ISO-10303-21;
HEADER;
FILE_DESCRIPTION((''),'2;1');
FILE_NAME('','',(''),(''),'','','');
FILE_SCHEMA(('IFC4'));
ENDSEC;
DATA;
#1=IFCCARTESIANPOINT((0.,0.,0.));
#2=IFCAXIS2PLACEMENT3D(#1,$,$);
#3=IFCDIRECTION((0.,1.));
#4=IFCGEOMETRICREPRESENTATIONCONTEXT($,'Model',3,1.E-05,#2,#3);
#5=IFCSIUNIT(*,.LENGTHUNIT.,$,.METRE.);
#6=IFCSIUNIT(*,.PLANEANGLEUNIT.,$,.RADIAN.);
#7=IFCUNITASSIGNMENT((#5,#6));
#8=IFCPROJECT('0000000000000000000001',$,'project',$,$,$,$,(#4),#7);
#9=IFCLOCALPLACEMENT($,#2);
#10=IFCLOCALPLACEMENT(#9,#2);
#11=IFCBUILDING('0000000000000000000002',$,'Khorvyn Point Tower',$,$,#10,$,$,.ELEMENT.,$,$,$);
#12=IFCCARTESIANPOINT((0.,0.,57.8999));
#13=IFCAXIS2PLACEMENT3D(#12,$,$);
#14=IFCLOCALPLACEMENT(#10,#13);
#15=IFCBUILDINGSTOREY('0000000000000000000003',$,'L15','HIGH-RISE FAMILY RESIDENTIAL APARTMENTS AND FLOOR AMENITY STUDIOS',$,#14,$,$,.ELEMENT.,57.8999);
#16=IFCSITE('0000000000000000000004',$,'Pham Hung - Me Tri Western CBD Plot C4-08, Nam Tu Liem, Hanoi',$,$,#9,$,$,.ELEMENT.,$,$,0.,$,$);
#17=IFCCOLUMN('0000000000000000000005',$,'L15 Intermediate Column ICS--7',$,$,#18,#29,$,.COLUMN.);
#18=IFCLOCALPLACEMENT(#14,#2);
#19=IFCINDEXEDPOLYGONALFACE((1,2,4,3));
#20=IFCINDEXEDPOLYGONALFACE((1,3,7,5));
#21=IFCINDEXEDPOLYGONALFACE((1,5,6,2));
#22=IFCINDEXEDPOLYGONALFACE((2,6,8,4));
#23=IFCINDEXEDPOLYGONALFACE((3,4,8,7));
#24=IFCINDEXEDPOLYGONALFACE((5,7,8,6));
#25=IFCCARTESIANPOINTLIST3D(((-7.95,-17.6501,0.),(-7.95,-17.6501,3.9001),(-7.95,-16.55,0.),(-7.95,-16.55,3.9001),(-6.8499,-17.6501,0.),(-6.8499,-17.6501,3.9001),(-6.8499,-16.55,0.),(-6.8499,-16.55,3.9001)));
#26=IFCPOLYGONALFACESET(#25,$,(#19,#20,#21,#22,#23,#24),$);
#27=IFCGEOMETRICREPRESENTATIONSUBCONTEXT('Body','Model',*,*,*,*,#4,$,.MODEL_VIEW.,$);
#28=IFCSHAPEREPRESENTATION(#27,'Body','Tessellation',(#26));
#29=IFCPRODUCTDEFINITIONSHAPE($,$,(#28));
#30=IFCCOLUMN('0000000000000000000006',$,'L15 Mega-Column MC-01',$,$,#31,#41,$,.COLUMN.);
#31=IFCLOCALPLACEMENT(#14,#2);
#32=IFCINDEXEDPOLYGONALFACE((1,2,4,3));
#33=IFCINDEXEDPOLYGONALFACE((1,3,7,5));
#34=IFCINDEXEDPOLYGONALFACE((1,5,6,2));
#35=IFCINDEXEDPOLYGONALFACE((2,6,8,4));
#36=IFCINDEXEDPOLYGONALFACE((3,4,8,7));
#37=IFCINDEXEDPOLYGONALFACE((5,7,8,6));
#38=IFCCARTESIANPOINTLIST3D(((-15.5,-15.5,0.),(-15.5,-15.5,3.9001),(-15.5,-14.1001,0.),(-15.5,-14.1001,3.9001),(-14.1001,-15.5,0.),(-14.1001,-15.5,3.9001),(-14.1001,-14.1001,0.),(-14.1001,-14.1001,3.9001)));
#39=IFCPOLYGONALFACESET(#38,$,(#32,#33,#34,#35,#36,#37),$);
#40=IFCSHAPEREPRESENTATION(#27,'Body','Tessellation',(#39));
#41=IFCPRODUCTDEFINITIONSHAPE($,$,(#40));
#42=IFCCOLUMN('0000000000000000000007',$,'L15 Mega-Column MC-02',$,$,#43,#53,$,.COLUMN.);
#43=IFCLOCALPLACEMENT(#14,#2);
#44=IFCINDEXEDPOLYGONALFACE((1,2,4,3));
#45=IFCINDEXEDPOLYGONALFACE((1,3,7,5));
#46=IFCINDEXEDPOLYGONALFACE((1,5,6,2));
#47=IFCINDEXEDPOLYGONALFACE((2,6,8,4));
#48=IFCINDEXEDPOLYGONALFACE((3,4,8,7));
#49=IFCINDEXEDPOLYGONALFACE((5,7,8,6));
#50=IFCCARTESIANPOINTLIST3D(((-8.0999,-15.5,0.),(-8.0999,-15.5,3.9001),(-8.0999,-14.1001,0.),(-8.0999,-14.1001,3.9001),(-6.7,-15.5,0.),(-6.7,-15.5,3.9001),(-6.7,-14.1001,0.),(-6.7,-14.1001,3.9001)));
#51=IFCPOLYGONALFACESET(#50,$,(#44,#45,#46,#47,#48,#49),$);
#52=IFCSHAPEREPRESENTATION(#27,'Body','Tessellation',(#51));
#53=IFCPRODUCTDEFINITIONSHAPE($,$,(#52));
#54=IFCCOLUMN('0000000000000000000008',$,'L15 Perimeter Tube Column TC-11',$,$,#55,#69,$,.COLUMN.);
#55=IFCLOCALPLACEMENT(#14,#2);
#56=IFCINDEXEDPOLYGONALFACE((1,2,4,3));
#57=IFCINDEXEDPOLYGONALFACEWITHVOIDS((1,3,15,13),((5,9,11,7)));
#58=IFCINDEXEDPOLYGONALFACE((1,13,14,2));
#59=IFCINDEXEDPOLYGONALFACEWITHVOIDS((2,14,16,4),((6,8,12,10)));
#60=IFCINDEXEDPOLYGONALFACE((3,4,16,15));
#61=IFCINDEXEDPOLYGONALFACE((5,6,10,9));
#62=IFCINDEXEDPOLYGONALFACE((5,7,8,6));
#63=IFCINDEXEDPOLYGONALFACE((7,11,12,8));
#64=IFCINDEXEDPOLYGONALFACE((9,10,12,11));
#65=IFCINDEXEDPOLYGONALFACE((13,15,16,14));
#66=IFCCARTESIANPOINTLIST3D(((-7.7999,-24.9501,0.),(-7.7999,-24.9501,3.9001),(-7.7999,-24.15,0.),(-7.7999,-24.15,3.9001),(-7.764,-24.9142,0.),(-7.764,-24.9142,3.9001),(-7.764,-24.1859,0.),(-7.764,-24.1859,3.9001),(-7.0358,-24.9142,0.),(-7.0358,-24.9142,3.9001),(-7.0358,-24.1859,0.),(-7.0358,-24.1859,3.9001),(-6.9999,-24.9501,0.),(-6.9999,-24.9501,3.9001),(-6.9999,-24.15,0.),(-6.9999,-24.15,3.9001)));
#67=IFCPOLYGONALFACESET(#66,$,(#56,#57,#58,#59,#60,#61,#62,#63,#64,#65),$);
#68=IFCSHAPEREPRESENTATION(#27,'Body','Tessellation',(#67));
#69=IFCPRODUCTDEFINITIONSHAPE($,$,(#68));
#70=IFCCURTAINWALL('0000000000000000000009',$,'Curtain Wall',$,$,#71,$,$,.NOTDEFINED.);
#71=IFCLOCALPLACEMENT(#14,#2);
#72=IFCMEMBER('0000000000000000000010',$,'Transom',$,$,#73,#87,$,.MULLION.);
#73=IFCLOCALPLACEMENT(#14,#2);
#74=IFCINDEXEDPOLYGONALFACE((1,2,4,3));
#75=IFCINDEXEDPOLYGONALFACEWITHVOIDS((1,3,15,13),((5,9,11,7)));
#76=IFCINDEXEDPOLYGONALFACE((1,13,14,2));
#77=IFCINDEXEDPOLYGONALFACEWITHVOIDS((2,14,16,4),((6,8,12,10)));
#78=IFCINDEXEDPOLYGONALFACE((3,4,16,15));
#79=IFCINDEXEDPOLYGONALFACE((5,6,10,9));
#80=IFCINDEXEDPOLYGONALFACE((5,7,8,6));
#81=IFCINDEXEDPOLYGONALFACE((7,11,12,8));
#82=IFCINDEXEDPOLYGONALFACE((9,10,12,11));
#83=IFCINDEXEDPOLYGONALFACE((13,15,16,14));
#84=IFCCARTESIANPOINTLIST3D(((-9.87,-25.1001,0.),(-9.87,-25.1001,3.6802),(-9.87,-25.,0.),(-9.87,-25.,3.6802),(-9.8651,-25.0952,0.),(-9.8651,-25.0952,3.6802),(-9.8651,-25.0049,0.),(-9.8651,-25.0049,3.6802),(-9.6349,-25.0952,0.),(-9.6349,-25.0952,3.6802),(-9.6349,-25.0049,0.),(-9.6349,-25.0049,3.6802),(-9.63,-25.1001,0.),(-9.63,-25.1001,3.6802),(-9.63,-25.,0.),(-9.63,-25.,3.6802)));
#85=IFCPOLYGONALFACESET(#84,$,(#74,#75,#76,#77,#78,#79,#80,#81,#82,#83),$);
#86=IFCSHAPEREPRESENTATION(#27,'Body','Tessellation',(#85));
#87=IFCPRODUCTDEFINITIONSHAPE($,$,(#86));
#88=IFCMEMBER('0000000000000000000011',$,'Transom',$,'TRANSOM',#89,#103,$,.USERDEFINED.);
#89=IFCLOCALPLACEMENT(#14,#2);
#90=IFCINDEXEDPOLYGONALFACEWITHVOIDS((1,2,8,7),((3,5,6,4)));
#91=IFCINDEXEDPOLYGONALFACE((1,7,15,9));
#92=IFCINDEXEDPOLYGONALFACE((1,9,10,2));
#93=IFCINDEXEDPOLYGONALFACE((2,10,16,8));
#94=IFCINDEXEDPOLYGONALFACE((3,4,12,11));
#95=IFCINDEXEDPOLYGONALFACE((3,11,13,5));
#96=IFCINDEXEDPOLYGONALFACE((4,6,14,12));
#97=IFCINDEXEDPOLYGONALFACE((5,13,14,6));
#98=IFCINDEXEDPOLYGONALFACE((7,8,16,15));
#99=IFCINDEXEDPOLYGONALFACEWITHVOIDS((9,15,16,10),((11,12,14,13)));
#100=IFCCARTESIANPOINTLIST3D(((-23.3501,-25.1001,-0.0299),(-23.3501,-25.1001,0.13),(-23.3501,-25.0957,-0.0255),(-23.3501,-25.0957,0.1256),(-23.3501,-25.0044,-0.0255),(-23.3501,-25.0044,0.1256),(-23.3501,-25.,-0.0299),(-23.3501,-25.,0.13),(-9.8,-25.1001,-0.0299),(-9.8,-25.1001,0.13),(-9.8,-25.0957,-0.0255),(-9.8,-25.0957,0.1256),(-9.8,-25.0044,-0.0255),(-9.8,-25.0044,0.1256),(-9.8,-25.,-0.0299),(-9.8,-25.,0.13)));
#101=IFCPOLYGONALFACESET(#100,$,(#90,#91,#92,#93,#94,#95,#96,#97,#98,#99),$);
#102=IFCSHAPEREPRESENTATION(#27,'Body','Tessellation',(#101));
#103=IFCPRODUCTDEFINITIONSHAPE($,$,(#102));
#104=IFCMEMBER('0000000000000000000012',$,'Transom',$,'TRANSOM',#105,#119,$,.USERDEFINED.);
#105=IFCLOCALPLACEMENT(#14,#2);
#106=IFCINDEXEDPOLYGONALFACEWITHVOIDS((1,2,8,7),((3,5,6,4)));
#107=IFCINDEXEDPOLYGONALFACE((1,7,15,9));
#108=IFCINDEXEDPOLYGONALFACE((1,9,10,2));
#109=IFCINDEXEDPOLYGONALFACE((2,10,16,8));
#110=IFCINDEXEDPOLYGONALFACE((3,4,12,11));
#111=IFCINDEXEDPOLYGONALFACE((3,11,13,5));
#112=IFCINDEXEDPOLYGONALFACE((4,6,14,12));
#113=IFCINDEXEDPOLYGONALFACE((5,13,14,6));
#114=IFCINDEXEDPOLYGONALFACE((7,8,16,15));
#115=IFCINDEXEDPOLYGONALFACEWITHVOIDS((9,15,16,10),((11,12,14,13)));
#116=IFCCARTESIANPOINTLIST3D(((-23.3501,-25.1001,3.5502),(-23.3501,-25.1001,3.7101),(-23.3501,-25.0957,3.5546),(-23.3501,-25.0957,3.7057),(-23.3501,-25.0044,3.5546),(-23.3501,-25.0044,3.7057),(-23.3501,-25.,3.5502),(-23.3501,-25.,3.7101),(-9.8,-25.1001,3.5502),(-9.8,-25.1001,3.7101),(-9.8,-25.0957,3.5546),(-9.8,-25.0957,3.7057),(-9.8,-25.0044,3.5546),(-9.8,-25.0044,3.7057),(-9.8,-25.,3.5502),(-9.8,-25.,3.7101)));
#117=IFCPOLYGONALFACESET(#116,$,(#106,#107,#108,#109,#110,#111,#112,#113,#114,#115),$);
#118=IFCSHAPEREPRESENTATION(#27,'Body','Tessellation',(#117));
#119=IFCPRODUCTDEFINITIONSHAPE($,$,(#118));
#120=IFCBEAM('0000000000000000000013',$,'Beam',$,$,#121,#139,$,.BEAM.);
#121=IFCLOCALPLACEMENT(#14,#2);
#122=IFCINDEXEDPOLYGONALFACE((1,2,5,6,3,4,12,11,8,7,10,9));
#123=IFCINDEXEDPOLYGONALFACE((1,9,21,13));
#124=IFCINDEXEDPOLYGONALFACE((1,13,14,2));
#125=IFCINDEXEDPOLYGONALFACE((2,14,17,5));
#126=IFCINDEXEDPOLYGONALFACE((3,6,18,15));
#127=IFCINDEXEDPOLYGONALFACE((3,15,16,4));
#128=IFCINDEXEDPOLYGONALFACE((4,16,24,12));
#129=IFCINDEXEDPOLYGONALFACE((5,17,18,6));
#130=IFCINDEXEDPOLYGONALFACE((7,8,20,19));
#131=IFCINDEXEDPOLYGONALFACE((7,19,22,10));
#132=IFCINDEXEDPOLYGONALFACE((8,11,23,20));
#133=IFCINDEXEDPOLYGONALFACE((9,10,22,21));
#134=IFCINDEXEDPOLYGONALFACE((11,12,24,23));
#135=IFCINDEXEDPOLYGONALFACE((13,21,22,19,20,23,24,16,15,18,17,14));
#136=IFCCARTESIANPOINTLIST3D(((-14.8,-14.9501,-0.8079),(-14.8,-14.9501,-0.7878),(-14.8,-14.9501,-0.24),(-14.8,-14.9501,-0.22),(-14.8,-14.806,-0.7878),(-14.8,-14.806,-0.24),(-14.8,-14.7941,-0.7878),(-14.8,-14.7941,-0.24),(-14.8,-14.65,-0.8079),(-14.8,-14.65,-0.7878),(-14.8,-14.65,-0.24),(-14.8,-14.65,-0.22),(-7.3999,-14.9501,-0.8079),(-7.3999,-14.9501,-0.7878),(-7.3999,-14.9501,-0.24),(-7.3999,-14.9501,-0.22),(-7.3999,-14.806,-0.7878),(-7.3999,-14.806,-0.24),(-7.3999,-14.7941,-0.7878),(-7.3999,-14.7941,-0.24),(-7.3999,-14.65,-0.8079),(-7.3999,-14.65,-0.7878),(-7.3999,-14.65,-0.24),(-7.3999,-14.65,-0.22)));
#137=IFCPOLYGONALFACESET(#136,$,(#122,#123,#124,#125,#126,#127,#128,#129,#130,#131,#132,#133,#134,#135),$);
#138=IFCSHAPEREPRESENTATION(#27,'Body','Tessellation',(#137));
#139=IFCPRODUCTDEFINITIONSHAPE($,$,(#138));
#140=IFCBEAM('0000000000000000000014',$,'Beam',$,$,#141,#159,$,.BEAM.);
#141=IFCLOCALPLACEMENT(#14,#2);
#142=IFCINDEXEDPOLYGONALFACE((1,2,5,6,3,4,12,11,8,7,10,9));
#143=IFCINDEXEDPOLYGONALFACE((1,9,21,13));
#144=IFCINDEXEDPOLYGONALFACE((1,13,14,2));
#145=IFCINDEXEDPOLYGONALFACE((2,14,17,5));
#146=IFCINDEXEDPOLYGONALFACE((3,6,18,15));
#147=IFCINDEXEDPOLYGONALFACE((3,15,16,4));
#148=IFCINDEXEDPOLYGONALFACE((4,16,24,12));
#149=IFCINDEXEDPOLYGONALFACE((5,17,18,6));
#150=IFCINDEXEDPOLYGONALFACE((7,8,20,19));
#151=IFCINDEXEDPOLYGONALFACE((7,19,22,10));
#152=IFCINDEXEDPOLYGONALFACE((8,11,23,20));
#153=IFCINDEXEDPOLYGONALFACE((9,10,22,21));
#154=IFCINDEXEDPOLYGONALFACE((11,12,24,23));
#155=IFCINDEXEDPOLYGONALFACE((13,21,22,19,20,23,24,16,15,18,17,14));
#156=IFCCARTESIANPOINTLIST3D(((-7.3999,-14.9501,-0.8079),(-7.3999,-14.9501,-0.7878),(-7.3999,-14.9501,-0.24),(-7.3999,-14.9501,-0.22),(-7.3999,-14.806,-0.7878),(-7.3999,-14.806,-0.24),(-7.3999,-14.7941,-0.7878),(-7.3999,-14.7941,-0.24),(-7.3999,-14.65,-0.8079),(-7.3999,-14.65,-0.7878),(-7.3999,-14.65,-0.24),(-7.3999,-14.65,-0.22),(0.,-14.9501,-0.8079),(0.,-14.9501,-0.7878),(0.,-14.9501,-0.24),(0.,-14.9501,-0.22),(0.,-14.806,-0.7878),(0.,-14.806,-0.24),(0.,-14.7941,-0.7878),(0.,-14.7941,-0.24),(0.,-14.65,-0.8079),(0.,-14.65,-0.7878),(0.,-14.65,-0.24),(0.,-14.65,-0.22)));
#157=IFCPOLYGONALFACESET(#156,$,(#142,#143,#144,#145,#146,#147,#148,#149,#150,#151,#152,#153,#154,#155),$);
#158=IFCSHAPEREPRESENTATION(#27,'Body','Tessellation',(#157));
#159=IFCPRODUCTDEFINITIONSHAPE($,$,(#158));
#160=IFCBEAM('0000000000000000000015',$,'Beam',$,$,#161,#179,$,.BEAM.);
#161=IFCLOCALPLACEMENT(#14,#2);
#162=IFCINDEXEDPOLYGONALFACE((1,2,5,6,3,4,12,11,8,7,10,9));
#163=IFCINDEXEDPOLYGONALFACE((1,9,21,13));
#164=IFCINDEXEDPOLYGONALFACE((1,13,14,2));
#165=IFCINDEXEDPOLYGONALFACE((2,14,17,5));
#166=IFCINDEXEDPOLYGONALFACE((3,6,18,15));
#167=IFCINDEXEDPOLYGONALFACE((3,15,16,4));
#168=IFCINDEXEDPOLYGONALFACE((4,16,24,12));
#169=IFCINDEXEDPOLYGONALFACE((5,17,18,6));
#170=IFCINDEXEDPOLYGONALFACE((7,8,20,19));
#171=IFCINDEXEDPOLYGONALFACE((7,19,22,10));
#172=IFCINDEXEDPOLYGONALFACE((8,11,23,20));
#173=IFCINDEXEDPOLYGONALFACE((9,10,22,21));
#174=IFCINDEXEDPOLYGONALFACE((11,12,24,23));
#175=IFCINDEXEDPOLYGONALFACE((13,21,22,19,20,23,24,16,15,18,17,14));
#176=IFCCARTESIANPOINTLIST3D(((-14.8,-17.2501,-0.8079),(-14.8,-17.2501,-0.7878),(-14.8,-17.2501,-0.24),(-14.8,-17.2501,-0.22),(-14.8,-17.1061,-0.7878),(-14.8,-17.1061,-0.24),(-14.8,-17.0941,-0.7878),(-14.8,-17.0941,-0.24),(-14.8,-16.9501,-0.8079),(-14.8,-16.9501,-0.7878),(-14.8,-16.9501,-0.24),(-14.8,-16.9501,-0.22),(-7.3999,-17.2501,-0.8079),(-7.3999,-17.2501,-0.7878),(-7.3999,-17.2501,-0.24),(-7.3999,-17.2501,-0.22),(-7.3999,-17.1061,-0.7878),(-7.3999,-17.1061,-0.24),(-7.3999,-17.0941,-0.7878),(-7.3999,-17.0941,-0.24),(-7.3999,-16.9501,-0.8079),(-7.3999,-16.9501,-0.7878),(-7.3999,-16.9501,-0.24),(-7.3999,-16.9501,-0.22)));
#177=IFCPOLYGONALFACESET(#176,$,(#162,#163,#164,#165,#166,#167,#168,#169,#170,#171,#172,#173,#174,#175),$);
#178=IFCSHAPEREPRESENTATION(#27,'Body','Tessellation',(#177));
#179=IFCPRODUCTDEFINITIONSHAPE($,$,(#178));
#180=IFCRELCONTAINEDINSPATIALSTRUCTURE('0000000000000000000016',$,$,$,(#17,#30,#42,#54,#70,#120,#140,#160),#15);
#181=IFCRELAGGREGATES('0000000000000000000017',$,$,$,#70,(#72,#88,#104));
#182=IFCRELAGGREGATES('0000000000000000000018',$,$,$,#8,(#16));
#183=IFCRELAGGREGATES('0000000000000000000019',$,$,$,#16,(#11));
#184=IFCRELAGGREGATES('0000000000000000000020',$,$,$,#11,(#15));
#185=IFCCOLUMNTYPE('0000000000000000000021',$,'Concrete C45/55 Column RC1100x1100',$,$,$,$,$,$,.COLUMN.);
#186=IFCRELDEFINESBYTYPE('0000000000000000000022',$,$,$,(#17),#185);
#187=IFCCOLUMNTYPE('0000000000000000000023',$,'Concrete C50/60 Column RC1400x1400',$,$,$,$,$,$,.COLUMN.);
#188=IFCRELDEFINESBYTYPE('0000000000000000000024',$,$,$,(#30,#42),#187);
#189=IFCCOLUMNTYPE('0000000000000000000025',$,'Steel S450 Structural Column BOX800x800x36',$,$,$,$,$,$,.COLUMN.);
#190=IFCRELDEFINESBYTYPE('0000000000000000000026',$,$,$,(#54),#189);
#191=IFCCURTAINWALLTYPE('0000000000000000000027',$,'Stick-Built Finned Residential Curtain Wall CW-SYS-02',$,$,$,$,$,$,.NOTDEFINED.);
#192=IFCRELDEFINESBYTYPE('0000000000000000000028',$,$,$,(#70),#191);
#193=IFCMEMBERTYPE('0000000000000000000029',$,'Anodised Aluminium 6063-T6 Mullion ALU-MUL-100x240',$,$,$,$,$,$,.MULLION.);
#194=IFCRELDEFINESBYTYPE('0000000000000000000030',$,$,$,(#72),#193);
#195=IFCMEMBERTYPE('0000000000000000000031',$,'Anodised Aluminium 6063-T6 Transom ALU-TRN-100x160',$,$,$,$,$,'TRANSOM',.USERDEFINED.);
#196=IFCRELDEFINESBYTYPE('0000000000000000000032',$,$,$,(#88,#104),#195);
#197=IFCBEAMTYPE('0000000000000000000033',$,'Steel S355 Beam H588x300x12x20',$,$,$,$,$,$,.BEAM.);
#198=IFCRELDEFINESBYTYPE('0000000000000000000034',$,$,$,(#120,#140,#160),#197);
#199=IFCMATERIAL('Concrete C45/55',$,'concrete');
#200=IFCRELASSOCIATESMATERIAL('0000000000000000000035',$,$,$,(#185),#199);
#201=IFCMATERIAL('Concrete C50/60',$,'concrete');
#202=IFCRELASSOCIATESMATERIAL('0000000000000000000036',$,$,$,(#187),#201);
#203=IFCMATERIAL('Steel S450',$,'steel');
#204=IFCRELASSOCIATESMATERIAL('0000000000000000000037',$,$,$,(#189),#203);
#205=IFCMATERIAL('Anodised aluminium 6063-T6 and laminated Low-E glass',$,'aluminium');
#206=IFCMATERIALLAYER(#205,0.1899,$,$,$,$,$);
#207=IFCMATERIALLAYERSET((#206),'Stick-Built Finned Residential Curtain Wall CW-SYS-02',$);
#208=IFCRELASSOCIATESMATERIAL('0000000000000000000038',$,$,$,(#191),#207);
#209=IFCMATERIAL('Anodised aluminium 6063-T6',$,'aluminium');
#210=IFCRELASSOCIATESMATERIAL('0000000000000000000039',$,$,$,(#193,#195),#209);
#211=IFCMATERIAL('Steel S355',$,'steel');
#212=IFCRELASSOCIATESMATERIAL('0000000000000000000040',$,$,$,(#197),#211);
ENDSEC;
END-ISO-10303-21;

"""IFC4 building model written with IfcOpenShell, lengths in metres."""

from ifc_helpers import new_model, si_unit, direction, frame, origin, origin_2d, place, context, subcontext, project, spatial, rectangle, hollow_rectangle, i_section, extrude, material, layer, layer_set, material_profile, profile_set, type_object, element, aggregate, save


model = new_model("IFC4")

# Units and contexts
model_context = context("Model", 3, precision=1e-05, world=origin(), true_north=direction((0.0, 1.0)))
body_context = subcontext(model_context, "Body", "Model", "MODEL_VIEW")
ifc_project = project(units=[si_unit("LENGTHUNIT", "METRE"), si_unit("PLANEANGLEUNIT", "RADIAN")], contexts=[model_context])

# Site, building, storey
site_placement = place(None, origin())
site = spatial("IfcSite", under=ifc_project, at=site_placement, Name="Pham Hung - Me Tri Western CBD Plot C4-08, Nam Tu Liem, Hanoi", CompositionType="ELEMENT", RefElevation=0.0)
building_placement = place(site_placement, origin())
building = spatial("IfcBuilding", under=site, at=building_placement, Name="Khorvyn Point Tower", CompositionType="ELEMENT")
storey_placement = place(building_placement, frame((0.0, 0.0, 57.8999)))
storey = spatial("IfcBuildingStorey", under=building, at=storey_placement, Name="L15", Description="HIGH-RISE FAMILY RESIDENTIAL APARTMENTS AND FLOOR AMENITY STUDIOS", CompositionType="ELEMENT", Elevation=57.8999)

# Columns
ifc_material_1 = material(Name="Concrete C45/55", Category="concrete")
ifc_material_profile_1 = material_profile(ifc_material_1, rectangle(XDim=1.1001, YDim=1.1001, at=origin_2d()))
ifc_profile_set_1 = profile_set([ifc_material_profile_1], Name="Concrete C45/55 RC1100x1100")
column_type_1 = type_object("IfcColumnType", Name="Concrete C45/55 Column RC1100x1100", PredefinedType="COLUMN", material=ifc_profile_set_1)
column_1_placement = place(storey_placement, frame((-7.3999, -17.1001, 0.0), z_axis=(0.0, 0.0, 1.0), x_axis=(1.0, 0.0, 0.0)))
element("IfcColumn", 1, at=column_1_placement, inside=storey, type_object=column_type_1, Name="L15 Intermediate Column ICS--7", PredefinedType="COLUMN", context=body_context, shape_type="SweptSolid", body=[
    extrude(rectangle(XDim=1.1001, YDim=1.1001, at=origin_2d()), origin(), (0.0, 0.0, 1.0), 3.9001),
])
ifc_material_2 = material(Name="Concrete C50/60", Category="concrete")
ifc_material_profile_2 = material_profile(ifc_material_2, rectangle(XDim=1.3999, YDim=1.3999, at=origin_2d()))
ifc_profile_set_2 = profile_set([ifc_material_profile_2], Name="Concrete C50/60 RC1400x1400")
column_type_2 = type_object("IfcColumnType", Name="Concrete C50/60 Column RC1400x1400", PredefinedType="COLUMN", material=ifc_profile_set_2)
for number, where, z_axis, x_axis, name in (
    (2, (-14.8, -14.8, 0.0), (0.0, 0.0, 1.0), (1.0, 0.0, 0.0), "L15 Mega-Column MC-01"),
    (3, (-7.3999, -14.8, 0.0), (0.0, 0.0, 1.0), (1.0, 0.0, 0.0), "L15 Mega-Column MC-02"),
):
    element("IfcColumn", number, at=place(storey_placement, frame(where, z_axis=z_axis, x_axis=x_axis)), inside=storey, type_object=column_type_2, Name=name, PredefinedType="COLUMN", context=body_context, shape_type="SweptSolid", body=[
        extrude(rectangle(XDim=1.3999, YDim=1.3999, at=origin_2d()), origin(), (0.0, 0.0, 1.0), 3.9001),
    ])
ifc_material_3 = material(Name="Steel S450", Category="steel")
ifc_material_profile_3 = material_profile(ifc_material_3, hollow_rectangle(XDim=0.8, YDim=0.8, WallThickness=0.0359, at=origin_2d()))
ifc_profile_set_3 = profile_set([ifc_material_profile_3], Name="Steel S450 BOX800x800x36")
column_type_3 = type_object("IfcColumnType", Name="Steel S450 Structural Column BOX800x800x36", PredefinedType="COLUMN", material=ifc_profile_set_3)
column_2_placement = place(storey_placement, frame((-7.3999, -24.55, 0.0), z_axis=(0.0, 0.0, 1.0), x_axis=(1.0, 0.0, 0.0)))
element("IfcColumn", 4, at=column_2_placement, inside=storey, type_object=column_type_3, Name="L15 Perimeter Tube Column TC-11", PredefinedType="COLUMN", context=body_context, shape_type="SweptSolid", body=[
    extrude(hollow_rectangle(XDim=0.8, YDim=0.8, WallThickness=0.0359, at=origin_2d()), origin(), (0.0, 0.0, 1.0), 3.9001),
])

# Curtain wall, members
ifc_material_4 = material(Name="Anodised aluminium 6063-T6 and laminated Low-E glass", Category="aluminium")
ifc_layer_1 = layer(ifc_material_4, 0.1899)
ifc_layer_set_1 = layer_set([ifc_layer_1], Name="Stick-Built Finned Residential Curtain Wall CW-SYS-02")
curtain_wall_type = type_object("IfcCurtainWallType", Name="Stick-Built Finned Residential Curtain Wall CW-SYS-02", PredefinedType="NOTDEFINED", material=ifc_layer_set_1)
curtain_wall_placement = place(storey_placement, origin())
curtain_wall = element("IfcCurtainWall", 5, at=curtain_wall_placement, inside=storey, type_object=curtain_wall_type, Name="Curtain Wall", PredefinedType="NOTDEFINED")
ifc_material_5 = material(Name="Anodised aluminium 6063-T6", Category="aluminium")
ifc_material_profile_4 = material_profile(ifc_material_5, hollow_rectangle(XDim=0.1001, YDim=0.24, WallThickness=0.0049, at=origin_2d()))
ifc_profile_set_4 = profile_set([ifc_material_profile_4], Name="Anodised aluminium 6063-T6 ALU-MUL-100x240")
member_type_1 = type_object("IfcMemberType", Name="Anodised Aluminium 6063-T6 Mullion ALU-MUL-100x240", PredefinedType="MULLION", material=ifc_profile_set_4)
member_1_placement = place(storey_placement, frame((-9.75, -25.05, 0.0), z_axis=(0.0, 0.0, 1.0), x_axis=(0.0, -1.0, 0.0)))
member_1 = element("IfcMember", 6, at=member_1_placement, type_object=member_type_1, Name="Transom", PredefinedType="MULLION", context=body_context, shape_type="SweptSolid", body=[
    extrude(hollow_rectangle(XDim=0.1001, YDim=0.24, WallThickness=0.0049, at=origin_2d()), origin(), (0.0, 0.0, 1.0), 3.6802),
])
ifc_material_profile_5 = material_profile(ifc_material_5, hollow_rectangle(XDim=0.1001, YDim=0.1599, WallThickness=0.0044, at=origin_2d()))
ifc_profile_set_5 = profile_set([ifc_material_profile_5], Name="Anodised aluminium 6063-T6 ALU-TRN-100x160")
member_type_2 = type_object("IfcMemberType", Name="Anodised Aluminium 6063-T6 Transom ALU-TRN-100x160", ElementType="TRANSOM", PredefinedType="USERDEFINED", material=ifc_profile_set_5)
member_2_placement = place(storey_placement, frame((-9.8, -25.05, 0.05), z_axis=(-1.0, 0.0, 0.0), x_axis=(0.0, -1.0, 0.0)))
member_2 = element("IfcMember", 7, at=member_2_placement, type_object=member_type_2, Name="Transom", ObjectType="TRANSOM", PredefinedType="USERDEFINED", context=body_context, shape_type="SweptSolid", body=[
    extrude(hollow_rectangle(XDim=0.1001, YDim=0.1599, WallThickness=0.0044, at=origin_2d()), origin(), (0.0, 0.0, 1.0), 13.55),
])
member_3_placement = place(storey_placement, frame((-9.8, -25.05, 3.6301), z_axis=(-1.0, 0.0, 0.0), x_axis=(0.0, -1.0, 0.0)))
member_3 = element("IfcMember", 8, at=member_3_placement, type_object=member_type_2, Name="Transom", ObjectType="TRANSOM", PredefinedType="USERDEFINED", context=body_context, shape_type="SweptSolid", body=[
    extrude(hollow_rectangle(XDim=0.1001, YDim=0.1599, WallThickness=0.0044, at=origin_2d()), origin(), (0.0, 0.0, 1.0), 13.55),
])

# Beams
ifc_material_6 = material(Name="Steel S355", Category="steel")
ifc_material_profile_6 = material_profile(ifc_material_6, i_section(OverallWidth=0.3, OverallDepth=0.5879, WebThickness=0.012, FlangeThickness=0.02, at=origin_2d()))
ifc_profile_set_6 = profile_set([ifc_material_profile_6], Name="Steel S355 H588x300x12x20")
beam_type_1 = type_object("IfcBeamType", Name="Steel S355 Beam H588x300x12x20", PredefinedType="BEAM", material=ifc_profile_set_6)
beam_1_placement = place(storey_placement, frame((-14.8, -14.8, -0.5139), z_axis=(1.0, 0.0, 0.0), x_axis=(0.0, 1.0, 0.0)))
element("IfcBeam", 9, at=beam_1_placement, inside=storey, type_object=beam_type_1, Name="Beam", PredefinedType="BEAM", context=body_context, shape_type="SweptSolid", body=[
    extrude(i_section(OverallWidth=0.3, OverallDepth=0.5879, WebThickness=0.012, FlangeThickness=0.02, at=origin_2d()), origin(), (0.0, 0.0, 1.0), 7.4001),
])
beam_2_placement = place(storey_placement, frame((-7.3999, -14.8, -0.5139), z_axis=(1.0, 0.0, 0.0), x_axis=(0.0, 1.0, 0.0)))
element("IfcBeam", 10, at=beam_2_placement, inside=storey, type_object=beam_type_1, Name="Beam", PredefinedType="BEAM", context=body_context, shape_type="SweptSolid", body=[
    extrude(i_section(OverallWidth=0.3, OverallDepth=0.5879, WebThickness=0.012, FlangeThickness=0.02, at=origin_2d()), origin(), (0.0, 0.0, 1.0), 7.3999),
])
beam_3_placement = place(storey_placement, frame((-14.8, -17.1001, -0.5139), z_axis=(1.0, 0.0, 0.0), x_axis=(0.0, 1.0, 0.0)))
element("IfcBeam", 11, at=beam_3_placement, inside=storey, type_object=beam_type_1, Name="Beam", PredefinedType="BEAM", context=body_context, shape_type="SweptSolid", body=[
    extrude(i_section(OverallWidth=0.3, OverallDepth=0.5879, WebThickness=0.012, FlangeThickness=0.02, at=origin_2d()), origin(), (0.0, 0.0, 1.0), 7.4001),
])

aggregate(curtain_wall, [member_1, member_2, member_3])

save(model, "model.ifc")
